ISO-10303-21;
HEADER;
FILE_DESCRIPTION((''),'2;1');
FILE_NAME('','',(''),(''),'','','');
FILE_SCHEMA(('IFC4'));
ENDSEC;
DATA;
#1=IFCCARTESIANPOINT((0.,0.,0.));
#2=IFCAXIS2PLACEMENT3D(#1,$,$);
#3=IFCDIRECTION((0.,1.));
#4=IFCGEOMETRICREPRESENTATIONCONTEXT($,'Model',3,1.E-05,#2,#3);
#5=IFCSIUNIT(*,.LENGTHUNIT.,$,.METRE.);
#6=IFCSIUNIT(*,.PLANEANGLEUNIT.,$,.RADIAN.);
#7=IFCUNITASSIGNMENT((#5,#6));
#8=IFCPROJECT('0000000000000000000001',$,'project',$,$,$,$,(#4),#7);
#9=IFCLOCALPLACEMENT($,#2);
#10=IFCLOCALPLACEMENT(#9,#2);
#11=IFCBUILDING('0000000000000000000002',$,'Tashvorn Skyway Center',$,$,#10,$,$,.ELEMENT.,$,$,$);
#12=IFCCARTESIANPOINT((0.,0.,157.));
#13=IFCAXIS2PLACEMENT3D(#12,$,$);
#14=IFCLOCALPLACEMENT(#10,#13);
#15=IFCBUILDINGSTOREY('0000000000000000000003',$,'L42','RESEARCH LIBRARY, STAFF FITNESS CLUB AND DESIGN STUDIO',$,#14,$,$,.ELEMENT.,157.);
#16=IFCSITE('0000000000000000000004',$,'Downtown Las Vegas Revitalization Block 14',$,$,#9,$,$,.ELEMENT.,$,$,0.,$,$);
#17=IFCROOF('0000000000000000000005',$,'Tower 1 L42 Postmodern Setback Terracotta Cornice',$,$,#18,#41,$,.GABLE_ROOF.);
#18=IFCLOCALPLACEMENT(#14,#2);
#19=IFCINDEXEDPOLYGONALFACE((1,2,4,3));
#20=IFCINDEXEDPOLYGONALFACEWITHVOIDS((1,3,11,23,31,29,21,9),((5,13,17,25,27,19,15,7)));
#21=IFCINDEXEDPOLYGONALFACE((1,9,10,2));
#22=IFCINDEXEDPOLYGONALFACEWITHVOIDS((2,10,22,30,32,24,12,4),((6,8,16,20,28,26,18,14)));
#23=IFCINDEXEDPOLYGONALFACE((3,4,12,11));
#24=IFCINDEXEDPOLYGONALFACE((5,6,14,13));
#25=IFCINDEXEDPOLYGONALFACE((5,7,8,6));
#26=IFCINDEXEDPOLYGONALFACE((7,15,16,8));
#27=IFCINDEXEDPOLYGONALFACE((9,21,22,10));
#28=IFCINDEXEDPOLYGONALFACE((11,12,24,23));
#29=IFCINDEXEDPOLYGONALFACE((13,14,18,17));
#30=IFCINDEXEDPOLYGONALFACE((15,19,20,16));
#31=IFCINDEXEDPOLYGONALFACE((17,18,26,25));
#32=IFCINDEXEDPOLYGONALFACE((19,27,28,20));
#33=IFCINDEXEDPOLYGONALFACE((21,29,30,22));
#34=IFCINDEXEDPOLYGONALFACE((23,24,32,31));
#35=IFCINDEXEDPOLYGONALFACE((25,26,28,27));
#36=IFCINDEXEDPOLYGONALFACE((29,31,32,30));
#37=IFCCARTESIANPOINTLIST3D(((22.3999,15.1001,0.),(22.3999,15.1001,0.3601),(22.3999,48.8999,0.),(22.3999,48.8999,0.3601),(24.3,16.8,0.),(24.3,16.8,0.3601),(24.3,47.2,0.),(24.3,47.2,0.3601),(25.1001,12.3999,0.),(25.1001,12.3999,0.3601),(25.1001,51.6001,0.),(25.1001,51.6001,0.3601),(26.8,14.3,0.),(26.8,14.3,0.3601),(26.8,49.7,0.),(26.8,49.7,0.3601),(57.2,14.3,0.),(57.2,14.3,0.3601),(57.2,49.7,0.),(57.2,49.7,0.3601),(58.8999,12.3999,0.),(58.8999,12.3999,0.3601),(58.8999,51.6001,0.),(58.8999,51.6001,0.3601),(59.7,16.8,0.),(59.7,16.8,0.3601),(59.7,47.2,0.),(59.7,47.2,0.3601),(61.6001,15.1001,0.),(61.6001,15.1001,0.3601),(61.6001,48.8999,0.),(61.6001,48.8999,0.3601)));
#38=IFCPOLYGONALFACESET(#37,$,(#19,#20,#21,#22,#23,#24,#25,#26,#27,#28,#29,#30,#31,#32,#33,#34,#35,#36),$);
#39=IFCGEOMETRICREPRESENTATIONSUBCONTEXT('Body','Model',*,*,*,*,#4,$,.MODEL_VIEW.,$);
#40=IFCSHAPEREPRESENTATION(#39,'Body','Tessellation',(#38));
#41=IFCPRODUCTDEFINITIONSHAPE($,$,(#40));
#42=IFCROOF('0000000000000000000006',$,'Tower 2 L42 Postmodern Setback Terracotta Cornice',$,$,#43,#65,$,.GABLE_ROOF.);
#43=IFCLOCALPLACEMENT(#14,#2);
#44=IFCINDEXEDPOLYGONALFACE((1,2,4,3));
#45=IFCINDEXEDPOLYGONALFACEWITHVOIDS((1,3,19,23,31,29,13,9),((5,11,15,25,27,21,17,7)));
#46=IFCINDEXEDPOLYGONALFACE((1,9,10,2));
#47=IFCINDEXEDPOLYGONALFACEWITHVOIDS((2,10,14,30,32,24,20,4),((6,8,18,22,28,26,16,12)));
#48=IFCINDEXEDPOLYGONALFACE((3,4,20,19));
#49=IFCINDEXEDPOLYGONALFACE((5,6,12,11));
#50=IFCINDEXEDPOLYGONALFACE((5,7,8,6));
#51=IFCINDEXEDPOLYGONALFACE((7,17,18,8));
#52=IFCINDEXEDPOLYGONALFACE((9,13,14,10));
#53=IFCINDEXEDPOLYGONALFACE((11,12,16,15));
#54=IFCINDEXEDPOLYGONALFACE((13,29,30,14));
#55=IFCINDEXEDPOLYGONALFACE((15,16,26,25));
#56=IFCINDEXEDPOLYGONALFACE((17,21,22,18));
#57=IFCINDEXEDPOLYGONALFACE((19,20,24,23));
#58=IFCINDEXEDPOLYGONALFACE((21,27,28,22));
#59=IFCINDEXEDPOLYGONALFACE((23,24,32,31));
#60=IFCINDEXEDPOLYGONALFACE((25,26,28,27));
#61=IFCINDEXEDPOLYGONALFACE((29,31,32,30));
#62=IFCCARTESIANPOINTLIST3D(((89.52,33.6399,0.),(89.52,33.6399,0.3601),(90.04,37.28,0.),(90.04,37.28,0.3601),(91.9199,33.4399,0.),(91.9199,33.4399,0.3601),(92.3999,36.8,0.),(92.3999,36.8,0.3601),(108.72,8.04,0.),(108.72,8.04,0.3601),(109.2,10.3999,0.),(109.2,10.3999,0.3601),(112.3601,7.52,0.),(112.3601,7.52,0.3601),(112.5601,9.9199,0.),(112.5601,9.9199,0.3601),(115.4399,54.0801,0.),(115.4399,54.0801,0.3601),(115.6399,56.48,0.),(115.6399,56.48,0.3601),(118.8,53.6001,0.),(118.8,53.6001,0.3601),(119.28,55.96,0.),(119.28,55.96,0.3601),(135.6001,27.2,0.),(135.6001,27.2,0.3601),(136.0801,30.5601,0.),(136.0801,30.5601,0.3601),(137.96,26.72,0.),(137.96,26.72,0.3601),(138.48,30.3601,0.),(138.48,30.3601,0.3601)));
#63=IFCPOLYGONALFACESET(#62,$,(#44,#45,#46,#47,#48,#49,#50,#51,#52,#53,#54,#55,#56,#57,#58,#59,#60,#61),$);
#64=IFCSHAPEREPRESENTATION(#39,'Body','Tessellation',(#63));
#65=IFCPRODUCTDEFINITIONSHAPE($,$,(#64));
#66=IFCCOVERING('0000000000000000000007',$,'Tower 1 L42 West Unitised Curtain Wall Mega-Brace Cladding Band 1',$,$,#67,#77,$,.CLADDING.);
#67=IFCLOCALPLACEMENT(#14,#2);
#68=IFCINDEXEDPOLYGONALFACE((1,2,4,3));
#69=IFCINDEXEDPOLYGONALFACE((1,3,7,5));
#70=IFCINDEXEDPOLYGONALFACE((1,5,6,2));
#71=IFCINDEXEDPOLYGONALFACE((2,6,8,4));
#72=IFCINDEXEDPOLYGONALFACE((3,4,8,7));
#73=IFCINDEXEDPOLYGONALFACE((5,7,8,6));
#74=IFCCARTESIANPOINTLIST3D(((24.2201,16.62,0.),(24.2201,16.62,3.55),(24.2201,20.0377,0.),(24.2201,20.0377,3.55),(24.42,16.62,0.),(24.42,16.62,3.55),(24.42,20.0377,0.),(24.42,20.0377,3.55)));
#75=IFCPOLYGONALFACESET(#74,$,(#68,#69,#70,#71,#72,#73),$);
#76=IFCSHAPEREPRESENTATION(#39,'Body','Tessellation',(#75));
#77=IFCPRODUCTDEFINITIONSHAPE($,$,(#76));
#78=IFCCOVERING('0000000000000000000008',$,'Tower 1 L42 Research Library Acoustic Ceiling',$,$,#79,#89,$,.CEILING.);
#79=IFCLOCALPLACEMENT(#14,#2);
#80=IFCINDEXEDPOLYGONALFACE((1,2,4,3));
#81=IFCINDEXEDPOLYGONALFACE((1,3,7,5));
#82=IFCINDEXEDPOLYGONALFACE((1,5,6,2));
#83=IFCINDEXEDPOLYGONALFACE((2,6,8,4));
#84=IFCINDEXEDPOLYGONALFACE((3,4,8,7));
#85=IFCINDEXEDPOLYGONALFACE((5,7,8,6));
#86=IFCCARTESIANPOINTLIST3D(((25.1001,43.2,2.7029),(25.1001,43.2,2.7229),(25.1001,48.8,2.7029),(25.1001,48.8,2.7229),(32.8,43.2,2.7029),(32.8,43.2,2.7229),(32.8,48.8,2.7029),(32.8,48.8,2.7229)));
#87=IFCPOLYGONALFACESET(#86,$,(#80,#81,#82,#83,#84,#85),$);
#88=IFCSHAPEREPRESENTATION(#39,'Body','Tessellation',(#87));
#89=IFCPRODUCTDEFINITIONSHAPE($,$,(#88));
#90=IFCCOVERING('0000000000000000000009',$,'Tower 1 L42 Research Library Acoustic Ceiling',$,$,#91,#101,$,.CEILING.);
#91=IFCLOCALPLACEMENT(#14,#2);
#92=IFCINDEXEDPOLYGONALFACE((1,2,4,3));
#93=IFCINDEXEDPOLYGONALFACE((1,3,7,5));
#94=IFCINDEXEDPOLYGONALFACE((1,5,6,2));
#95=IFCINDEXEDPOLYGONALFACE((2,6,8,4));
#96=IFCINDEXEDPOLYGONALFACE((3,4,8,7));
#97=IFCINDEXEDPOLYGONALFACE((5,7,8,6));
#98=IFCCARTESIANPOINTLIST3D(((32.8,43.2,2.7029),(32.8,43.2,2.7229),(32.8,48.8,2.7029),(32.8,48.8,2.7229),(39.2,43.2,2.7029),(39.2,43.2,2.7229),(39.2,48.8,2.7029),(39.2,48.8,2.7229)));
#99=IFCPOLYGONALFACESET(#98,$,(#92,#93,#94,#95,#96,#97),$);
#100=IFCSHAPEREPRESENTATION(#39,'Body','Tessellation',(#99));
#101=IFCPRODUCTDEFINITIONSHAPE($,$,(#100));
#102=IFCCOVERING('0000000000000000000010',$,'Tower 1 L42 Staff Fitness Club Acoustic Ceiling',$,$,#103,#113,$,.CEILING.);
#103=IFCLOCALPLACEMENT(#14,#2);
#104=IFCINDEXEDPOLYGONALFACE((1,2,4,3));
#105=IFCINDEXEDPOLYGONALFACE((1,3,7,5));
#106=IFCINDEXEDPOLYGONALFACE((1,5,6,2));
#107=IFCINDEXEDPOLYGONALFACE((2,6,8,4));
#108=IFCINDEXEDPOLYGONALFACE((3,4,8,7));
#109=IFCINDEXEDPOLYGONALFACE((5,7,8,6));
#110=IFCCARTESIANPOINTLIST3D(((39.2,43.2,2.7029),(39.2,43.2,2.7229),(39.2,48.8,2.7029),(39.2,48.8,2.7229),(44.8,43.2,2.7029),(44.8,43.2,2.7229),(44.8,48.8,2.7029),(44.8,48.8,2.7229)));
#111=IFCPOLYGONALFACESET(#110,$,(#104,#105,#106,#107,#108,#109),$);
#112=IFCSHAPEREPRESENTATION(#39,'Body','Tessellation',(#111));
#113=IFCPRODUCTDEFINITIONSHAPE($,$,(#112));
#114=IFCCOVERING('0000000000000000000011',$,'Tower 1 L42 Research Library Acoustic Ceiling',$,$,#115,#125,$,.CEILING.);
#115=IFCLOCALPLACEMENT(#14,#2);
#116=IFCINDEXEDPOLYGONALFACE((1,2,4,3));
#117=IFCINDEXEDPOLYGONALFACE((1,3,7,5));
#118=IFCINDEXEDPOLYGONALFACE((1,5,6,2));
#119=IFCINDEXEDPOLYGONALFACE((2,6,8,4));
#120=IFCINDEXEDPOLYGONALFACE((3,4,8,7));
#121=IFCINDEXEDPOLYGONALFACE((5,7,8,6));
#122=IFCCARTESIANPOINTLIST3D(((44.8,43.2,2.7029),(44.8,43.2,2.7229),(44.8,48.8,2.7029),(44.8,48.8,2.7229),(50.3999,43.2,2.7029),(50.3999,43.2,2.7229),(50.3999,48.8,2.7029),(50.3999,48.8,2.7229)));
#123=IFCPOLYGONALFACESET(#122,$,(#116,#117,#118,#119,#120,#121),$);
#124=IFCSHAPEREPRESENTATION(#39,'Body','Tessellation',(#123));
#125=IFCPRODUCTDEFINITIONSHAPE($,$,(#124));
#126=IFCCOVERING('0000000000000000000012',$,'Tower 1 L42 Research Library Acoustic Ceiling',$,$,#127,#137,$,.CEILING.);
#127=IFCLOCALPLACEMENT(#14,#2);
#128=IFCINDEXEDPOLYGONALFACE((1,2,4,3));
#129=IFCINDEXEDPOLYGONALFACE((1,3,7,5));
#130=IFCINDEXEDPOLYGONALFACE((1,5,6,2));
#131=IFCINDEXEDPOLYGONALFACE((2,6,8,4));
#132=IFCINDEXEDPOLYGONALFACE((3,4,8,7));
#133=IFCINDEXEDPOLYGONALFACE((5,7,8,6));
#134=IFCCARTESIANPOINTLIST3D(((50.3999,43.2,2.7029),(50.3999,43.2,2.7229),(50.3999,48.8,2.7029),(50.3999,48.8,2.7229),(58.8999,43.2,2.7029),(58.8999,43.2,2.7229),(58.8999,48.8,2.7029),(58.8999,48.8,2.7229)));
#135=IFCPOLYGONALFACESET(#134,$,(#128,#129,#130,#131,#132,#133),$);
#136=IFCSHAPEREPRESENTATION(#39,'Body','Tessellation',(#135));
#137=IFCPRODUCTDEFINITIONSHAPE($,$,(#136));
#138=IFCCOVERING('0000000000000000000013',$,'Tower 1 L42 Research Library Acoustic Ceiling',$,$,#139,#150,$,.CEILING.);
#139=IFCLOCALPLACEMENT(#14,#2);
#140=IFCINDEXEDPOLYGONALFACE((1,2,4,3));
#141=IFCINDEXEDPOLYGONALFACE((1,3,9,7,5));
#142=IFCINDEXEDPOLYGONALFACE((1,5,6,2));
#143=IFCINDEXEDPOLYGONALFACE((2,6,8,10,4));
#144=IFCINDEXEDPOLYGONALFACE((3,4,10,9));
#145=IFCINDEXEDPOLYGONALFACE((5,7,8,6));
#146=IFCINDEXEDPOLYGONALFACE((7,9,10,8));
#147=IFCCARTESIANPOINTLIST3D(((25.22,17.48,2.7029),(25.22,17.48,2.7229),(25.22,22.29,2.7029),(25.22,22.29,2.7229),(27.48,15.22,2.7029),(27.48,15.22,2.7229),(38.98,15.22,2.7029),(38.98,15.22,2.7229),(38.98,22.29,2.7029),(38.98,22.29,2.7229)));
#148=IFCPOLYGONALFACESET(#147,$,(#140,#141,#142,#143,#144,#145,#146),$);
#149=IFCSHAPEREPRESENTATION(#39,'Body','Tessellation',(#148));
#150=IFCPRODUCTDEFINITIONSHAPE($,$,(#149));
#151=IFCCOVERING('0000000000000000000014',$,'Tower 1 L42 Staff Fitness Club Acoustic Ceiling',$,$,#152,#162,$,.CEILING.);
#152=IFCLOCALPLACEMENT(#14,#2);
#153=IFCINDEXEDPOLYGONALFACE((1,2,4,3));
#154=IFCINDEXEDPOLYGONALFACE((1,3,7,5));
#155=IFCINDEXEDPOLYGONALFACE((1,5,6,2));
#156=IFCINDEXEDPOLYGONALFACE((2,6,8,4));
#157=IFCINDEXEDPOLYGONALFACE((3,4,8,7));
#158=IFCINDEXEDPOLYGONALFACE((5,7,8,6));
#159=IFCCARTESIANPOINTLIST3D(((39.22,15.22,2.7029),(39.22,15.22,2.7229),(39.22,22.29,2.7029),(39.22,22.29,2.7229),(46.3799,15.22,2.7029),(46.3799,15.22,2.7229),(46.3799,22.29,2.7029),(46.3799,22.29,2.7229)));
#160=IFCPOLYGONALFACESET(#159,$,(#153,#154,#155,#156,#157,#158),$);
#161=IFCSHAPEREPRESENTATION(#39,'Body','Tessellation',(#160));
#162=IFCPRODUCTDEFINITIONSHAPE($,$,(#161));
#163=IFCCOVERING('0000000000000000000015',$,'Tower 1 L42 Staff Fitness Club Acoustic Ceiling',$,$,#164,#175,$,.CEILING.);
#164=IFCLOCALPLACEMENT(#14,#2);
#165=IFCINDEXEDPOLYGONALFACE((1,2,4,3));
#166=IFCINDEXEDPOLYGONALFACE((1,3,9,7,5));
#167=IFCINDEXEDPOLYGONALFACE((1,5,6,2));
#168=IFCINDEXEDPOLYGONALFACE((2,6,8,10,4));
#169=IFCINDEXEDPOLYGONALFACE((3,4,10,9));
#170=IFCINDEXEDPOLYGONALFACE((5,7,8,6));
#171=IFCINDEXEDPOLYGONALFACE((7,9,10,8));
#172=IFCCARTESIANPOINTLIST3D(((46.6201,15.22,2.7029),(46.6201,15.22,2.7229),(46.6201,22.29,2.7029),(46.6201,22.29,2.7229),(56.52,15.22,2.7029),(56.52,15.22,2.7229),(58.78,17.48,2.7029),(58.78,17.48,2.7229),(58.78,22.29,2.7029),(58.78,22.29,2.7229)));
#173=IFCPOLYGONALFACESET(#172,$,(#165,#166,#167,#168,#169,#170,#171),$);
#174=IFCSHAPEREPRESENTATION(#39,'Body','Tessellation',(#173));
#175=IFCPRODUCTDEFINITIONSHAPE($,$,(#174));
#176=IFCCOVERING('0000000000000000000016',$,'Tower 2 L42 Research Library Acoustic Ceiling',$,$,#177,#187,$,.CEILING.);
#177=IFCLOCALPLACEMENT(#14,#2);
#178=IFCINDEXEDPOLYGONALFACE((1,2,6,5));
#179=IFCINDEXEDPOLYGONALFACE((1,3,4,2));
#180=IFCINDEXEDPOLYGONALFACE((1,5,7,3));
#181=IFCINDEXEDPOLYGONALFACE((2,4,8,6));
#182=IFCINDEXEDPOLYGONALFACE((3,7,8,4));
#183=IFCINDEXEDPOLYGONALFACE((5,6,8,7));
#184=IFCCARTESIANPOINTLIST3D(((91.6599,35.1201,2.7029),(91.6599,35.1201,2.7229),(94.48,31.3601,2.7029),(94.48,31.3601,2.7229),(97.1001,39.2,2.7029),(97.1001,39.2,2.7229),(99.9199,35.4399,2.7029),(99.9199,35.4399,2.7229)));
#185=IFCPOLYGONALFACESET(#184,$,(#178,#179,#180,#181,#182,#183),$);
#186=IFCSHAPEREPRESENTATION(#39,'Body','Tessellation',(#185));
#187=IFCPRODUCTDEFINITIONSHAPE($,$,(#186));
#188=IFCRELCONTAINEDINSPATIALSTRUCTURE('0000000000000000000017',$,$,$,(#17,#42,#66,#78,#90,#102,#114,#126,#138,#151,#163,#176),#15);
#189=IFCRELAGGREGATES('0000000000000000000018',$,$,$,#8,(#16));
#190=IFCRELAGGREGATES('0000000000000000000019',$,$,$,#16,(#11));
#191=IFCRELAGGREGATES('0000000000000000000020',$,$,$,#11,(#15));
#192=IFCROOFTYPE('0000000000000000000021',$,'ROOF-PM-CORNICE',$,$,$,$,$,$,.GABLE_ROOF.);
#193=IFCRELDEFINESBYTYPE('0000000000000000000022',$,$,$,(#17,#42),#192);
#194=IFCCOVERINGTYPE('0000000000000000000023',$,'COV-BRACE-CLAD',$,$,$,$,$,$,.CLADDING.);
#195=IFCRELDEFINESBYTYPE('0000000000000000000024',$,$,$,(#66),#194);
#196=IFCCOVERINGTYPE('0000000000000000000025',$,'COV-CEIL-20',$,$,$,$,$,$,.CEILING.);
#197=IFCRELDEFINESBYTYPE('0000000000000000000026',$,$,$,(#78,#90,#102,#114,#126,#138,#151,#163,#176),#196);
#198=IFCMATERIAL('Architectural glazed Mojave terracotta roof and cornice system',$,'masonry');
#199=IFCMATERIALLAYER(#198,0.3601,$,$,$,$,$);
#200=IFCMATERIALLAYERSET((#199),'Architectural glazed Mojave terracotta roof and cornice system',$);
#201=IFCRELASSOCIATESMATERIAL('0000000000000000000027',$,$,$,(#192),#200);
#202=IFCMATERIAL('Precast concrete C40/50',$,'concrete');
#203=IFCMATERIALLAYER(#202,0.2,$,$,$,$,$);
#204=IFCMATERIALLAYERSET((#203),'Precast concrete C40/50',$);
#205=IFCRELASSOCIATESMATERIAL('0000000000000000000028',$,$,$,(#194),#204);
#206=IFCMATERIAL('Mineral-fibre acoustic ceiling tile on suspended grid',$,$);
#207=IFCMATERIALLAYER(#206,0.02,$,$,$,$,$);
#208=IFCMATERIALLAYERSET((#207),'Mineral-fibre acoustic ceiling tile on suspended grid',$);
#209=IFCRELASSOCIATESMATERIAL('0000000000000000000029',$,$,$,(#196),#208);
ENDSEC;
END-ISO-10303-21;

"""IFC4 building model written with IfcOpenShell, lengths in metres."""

from ifc_helpers import new_model, si_unit, direction, frame, origin, origin_2d, place, context, subcontext, project, spatial, polyline, rectangle, outline, extrude, material, layer, layer_set, type_object, element, save


model = new_model("IFC4")

# Units and contexts
model_context = context("Model", 3, precision=1e-05, world=origin(), true_north=direction((0.0, 1.0)))
body_context = subcontext(model_context, "Body", "Model", "MODEL_VIEW")
ifc_project = project(units=[si_unit("LENGTHUNIT", "METRE"), si_unit("PLANEANGLEUNIT", "RADIAN")], contexts=[model_context])

# Site, building, storey
site_placement = place(None, origin())
site = spatial("IfcSite", under=ifc_project, at=site_placement, Name="Downtown Las Vegas Revitalization Block 14", CompositionType="ELEMENT", RefElevation=0.0)
building_placement = place(site_placement, origin())
building = spatial("IfcBuilding", under=site, at=building_placement, Name="Tashvorn Skyway Center", CompositionType="ELEMENT")
storey_placement = place(building_placement, frame((0.0, 0.0, 157.0)))
storey = spatial("IfcBuildingStorey", under=building, at=storey_placement, Name="L42", Description="RESEARCH LIBRARY, STAFF FITNESS CLUB AND DESIGN STUDIO", CompositionType="ELEMENT", Elevation=157.0)

# Roofs
ifc_material_1 = material(Name="Architectural glazed Mojave terracotta roof and cornice system", Category="masonry")
ifc_layer_1 = layer(ifc_material_1, 0.3601)
ifc_layer_set_1 = layer_set([ifc_layer_1], Name="Architectural glazed Mojave terracotta roof and cornice system")
roof_type = type_object("IfcRoofType", Name="ROOF-PM-CORNICE", PredefinedType="GABLE_ROOF", material=ifc_layer_set_1)
roof_1_placement = place(storey_placement, origin())
element("IfcRoof", 1, at=roof_1_placement, inside=storey, type_object=roof_type, Name="Tower 1 L42 Postmodern Setback Terracotta Cornice", PredefinedType="GABLE_ROOF", context=body_context, shape_type="SweptSolid", body=[
    extrude(outline(polyline([(25.1001, 12.3999), (58.8999, 12.3999), (61.6001, 15.1001), (61.6001, 48.8999), (58.8999, 51.6001), (25.1001, 51.6001), (22.3999, 48.8999), (22.3999, 15.1001), (25.1001, 12.3999)]), holes=[polyline([(26.8, 14.3), (57.2, 14.3), (59.7, 16.8), (59.7, 47.2), (57.2, 49.7), (26.8, 49.7), (24.3, 47.2), (24.3, 16.8), (26.8, 14.3)])]), origin(), (0.0, 0.0, 1.0), 0.3601),
])
roof_2_placement = place(storey_placement, origin())
element("IfcRoof", 2, at=roof_2_placement, inside=storey, type_object=roof_type, Name="Tower 2 L42 Postmodern Setback Terracotta Cornice", PredefinedType="GABLE_ROOF", context=body_context, shape_type="SweptSolid", body=[
    extrude(outline(polyline([(112.3601, 7.52), (137.96, 26.72), (138.48, 30.3601), (119.28, 55.96), (115.6399, 56.48), (90.04, 37.28), (89.52, 33.6399), (108.72, 8.04), (112.3601, 7.52)]), holes=[polyline([(112.5601, 9.9199), (135.6001, 27.2), (136.0801, 30.5601), (118.8, 53.6001), (115.4399, 54.0801), (92.3999, 36.8), (91.9199, 33.4399), (109.2, 10.3999), (112.5601, 9.9199)])]), origin(), (0.0, 0.0, 1.0), 0.3601),
])

# Coverings
ifc_material_2 = material(Name="Precast concrete C40/50", Category="concrete")
ifc_layer_2 = layer(ifc_material_2, 0.2)
ifc_layer_set_2 = layer_set([ifc_layer_2], Name="Precast concrete C40/50")
covering_type_1 = type_object("IfcCoveringType", Name="COV-BRACE-CLAD", PredefinedType="CLADDING", material=ifc_layer_set_2)
covering_1_placement = place(storey_placement, frame((24.3201, 18.3289, 0.0), z_axis=(0.0, 0.0, 1.0), x_axis=(0.0, 1.0, 0.0)))
element("IfcCovering", 3, at=covering_1_placement, inside=storey, type_object=covering_type_1, Name="Tower 1 L42 West Unitised Curtain Wall Mega-Brace Cladding Band 1", PredefinedType="CLADDING", context=body_context, shape_type="SweptSolid", body=[
    extrude(rectangle(XDim=3.4177, YDim=0.2, at=origin_2d()), origin(), (0.0, 0.0, 1.0), 3.55),
])
ifc_material_3 = material(Name="Mineral-fibre acoustic ceiling tile on suspended grid")
ifc_layer_3 = layer(ifc_material_3, 0.02)
ifc_layer_set_3 = layer_set([ifc_layer_3], Name="Mineral-fibre acoustic ceiling tile on suspended grid")
covering_type_2 = type_object("IfcCoveringType", Name="COV-CEIL-20", PredefinedType="CEILING", material=ifc_layer_set_3)
covering_2_placement = place(storey_placement, frame((0.0, 0.0, 2.7029)))
element("IfcCovering", 4, at=covering_2_placement, inside=storey, type_object=covering_type_2, Name="Tower 1 L42 Research Library Acoustic Ceiling", PredefinedType="CEILING", context=body_context, shape_type="SweptSolid", body=[
    extrude(outline(polyline([(25.1001, 43.2), (32.8, 43.2), (32.8, 48.8), (25.1001, 48.8), (25.1001, 43.2)])), origin(), (0.0, 0.0, 1.0), 0.02),
])
covering_3_placement = place(storey_placement, frame((0.0, 0.0, 2.7029)))
element("IfcCovering", 5, at=covering_3_placement, inside=storey, type_object=covering_type_2, Name="Tower 1 L42 Research Library Acoustic Ceiling", PredefinedType="CEILING", context=body_context, shape_type="SweptSolid", body=[
    extrude(outline(polyline([(32.8, 43.2), (39.2, 43.2), (39.2, 48.8), (32.8, 48.8), (32.8, 43.2)])), origin(), (0.0, 0.0, 1.0), 0.02),
])
covering_4_placement = place(storey_placement, frame((0.0, 0.0, 2.7029)))
element("IfcCovering", 6, at=covering_4_placement, inside=storey, type_object=covering_type_2, Name="Tower 1 L42 Staff Fitness Club Acoustic Ceiling", PredefinedType="CEILING", context=body_context, shape_type="SweptSolid", body=[
    extrude(outline(polyline([(39.2, 43.2), (44.8, 43.2), (44.8, 48.8), (39.2, 48.8), (39.2, 43.2)])), origin(), (0.0, 0.0, 1.0), 0.02),
])
covering_5_placement = place(storey_placement, frame((0.0, 0.0, 2.7029)))
element("IfcCovering", 7, at=covering_5_placement, inside=storey, type_object=covering_type_2, Name="Tower 1 L42 Research Library Acoustic Ceiling", PredefinedType="CEILING", context=body_context, shape_type="SweptSolid", body=[
    extrude(outline(polyline([(44.8, 43.2), (50.3999, 43.2), (50.3999, 48.8), (44.8, 48.8), (44.8, 43.2)])), origin(), (0.0, 0.0, 1.0), 0.02),
])
covering_6_placement = place(storey_placement, frame((0.0, 0.0, 2.7029)))
element("IfcCovering", 8, at=covering_6_placement, inside=storey, type_object=covering_type_2, Name="Tower 1 L42 Research Library Acoustic Ceiling", PredefinedType="CEILING", context=body_context, shape_type="SweptSolid", body=[
    extrude(outline(polyline([(50.3999, 43.2), (58.8999, 43.2), (58.8999, 48.8), (50.3999, 48.8), (50.3999, 43.2)])), origin(), (0.0, 0.0, 1.0), 0.02),
])
covering_7_placement = place(storey_placement, frame((0.0, 0.0, 2.7029)))
element("IfcCovering", 9, at=covering_7_placement, inside=storey, type_object=covering_type_2, Name="Tower 1 L42 Research Library Acoustic Ceiling", PredefinedType="CEILING", context=body_context, shape_type="SweptSolid", body=[
    extrude(outline(polyline([(25.22, 22.29), (38.98, 22.29), (38.98, 15.22), (27.48, 15.22), (25.22, 17.48), (25.22, 22.29)])), origin(), (0.0, 0.0, 1.0), 0.02),
])
covering_8_placement = place(storey_placement, frame((0.0, 0.0, 2.7029)))
element("IfcCovering", 10, at=covering_8_placement, inside=storey, type_object=covering_type_2, Name="Tower 1 L42 Staff Fitness Club Acoustic Ceiling", PredefinedType="CEILING", context=body_context, shape_type="SweptSolid", body=[
    extrude(outline(polyline([(39.22, 22.29), (46.3799, 22.29), (46.3799, 15.22), (39.22, 15.22), (39.22, 22.29)])), origin(), (0.0, 0.0, 1.0), 0.02),
])
covering_9_placement = place(storey_placement, frame((0.0, 0.0, 2.7029)))
element("IfcCovering", 11, at=covering_9_placement, inside=storey, type_object=covering_type_2, Name="Tower 1 L42 Staff Fitness Club Acoustic Ceiling", PredefinedType="CEILING", context=body_context, shape_type="SweptSolid", body=[
    extrude(outline(polyline([(46.6201, 15.22), (46.6201, 22.29), (58.78, 22.29), (58.78, 17.48), (56.52, 15.22), (46.6201, 15.22)])), origin(), (0.0, 0.0, 1.0), 0.02),
])
covering_10_placement = place(storey_placement, frame((0.0, 0.0, 2.7029)))
element("IfcCovering", 12, at=covering_10_placement, inside=storey, type_object=covering_type_2, Name="Tower 2 L42 Research Library Acoustic Ceiling", PredefinedType="CEILING", context=body_context, shape_type="SweptSolid", body=[
    extrude(outline(polyline([(94.48, 31.3601), (99.9199, 35.4399), (97.1001, 39.2), (91.6599, 35.1201), (94.48, 31.3601)])), origin(), (0.0, 0.0, 1.0), 0.02),
])

save(model, "model.ifc")
